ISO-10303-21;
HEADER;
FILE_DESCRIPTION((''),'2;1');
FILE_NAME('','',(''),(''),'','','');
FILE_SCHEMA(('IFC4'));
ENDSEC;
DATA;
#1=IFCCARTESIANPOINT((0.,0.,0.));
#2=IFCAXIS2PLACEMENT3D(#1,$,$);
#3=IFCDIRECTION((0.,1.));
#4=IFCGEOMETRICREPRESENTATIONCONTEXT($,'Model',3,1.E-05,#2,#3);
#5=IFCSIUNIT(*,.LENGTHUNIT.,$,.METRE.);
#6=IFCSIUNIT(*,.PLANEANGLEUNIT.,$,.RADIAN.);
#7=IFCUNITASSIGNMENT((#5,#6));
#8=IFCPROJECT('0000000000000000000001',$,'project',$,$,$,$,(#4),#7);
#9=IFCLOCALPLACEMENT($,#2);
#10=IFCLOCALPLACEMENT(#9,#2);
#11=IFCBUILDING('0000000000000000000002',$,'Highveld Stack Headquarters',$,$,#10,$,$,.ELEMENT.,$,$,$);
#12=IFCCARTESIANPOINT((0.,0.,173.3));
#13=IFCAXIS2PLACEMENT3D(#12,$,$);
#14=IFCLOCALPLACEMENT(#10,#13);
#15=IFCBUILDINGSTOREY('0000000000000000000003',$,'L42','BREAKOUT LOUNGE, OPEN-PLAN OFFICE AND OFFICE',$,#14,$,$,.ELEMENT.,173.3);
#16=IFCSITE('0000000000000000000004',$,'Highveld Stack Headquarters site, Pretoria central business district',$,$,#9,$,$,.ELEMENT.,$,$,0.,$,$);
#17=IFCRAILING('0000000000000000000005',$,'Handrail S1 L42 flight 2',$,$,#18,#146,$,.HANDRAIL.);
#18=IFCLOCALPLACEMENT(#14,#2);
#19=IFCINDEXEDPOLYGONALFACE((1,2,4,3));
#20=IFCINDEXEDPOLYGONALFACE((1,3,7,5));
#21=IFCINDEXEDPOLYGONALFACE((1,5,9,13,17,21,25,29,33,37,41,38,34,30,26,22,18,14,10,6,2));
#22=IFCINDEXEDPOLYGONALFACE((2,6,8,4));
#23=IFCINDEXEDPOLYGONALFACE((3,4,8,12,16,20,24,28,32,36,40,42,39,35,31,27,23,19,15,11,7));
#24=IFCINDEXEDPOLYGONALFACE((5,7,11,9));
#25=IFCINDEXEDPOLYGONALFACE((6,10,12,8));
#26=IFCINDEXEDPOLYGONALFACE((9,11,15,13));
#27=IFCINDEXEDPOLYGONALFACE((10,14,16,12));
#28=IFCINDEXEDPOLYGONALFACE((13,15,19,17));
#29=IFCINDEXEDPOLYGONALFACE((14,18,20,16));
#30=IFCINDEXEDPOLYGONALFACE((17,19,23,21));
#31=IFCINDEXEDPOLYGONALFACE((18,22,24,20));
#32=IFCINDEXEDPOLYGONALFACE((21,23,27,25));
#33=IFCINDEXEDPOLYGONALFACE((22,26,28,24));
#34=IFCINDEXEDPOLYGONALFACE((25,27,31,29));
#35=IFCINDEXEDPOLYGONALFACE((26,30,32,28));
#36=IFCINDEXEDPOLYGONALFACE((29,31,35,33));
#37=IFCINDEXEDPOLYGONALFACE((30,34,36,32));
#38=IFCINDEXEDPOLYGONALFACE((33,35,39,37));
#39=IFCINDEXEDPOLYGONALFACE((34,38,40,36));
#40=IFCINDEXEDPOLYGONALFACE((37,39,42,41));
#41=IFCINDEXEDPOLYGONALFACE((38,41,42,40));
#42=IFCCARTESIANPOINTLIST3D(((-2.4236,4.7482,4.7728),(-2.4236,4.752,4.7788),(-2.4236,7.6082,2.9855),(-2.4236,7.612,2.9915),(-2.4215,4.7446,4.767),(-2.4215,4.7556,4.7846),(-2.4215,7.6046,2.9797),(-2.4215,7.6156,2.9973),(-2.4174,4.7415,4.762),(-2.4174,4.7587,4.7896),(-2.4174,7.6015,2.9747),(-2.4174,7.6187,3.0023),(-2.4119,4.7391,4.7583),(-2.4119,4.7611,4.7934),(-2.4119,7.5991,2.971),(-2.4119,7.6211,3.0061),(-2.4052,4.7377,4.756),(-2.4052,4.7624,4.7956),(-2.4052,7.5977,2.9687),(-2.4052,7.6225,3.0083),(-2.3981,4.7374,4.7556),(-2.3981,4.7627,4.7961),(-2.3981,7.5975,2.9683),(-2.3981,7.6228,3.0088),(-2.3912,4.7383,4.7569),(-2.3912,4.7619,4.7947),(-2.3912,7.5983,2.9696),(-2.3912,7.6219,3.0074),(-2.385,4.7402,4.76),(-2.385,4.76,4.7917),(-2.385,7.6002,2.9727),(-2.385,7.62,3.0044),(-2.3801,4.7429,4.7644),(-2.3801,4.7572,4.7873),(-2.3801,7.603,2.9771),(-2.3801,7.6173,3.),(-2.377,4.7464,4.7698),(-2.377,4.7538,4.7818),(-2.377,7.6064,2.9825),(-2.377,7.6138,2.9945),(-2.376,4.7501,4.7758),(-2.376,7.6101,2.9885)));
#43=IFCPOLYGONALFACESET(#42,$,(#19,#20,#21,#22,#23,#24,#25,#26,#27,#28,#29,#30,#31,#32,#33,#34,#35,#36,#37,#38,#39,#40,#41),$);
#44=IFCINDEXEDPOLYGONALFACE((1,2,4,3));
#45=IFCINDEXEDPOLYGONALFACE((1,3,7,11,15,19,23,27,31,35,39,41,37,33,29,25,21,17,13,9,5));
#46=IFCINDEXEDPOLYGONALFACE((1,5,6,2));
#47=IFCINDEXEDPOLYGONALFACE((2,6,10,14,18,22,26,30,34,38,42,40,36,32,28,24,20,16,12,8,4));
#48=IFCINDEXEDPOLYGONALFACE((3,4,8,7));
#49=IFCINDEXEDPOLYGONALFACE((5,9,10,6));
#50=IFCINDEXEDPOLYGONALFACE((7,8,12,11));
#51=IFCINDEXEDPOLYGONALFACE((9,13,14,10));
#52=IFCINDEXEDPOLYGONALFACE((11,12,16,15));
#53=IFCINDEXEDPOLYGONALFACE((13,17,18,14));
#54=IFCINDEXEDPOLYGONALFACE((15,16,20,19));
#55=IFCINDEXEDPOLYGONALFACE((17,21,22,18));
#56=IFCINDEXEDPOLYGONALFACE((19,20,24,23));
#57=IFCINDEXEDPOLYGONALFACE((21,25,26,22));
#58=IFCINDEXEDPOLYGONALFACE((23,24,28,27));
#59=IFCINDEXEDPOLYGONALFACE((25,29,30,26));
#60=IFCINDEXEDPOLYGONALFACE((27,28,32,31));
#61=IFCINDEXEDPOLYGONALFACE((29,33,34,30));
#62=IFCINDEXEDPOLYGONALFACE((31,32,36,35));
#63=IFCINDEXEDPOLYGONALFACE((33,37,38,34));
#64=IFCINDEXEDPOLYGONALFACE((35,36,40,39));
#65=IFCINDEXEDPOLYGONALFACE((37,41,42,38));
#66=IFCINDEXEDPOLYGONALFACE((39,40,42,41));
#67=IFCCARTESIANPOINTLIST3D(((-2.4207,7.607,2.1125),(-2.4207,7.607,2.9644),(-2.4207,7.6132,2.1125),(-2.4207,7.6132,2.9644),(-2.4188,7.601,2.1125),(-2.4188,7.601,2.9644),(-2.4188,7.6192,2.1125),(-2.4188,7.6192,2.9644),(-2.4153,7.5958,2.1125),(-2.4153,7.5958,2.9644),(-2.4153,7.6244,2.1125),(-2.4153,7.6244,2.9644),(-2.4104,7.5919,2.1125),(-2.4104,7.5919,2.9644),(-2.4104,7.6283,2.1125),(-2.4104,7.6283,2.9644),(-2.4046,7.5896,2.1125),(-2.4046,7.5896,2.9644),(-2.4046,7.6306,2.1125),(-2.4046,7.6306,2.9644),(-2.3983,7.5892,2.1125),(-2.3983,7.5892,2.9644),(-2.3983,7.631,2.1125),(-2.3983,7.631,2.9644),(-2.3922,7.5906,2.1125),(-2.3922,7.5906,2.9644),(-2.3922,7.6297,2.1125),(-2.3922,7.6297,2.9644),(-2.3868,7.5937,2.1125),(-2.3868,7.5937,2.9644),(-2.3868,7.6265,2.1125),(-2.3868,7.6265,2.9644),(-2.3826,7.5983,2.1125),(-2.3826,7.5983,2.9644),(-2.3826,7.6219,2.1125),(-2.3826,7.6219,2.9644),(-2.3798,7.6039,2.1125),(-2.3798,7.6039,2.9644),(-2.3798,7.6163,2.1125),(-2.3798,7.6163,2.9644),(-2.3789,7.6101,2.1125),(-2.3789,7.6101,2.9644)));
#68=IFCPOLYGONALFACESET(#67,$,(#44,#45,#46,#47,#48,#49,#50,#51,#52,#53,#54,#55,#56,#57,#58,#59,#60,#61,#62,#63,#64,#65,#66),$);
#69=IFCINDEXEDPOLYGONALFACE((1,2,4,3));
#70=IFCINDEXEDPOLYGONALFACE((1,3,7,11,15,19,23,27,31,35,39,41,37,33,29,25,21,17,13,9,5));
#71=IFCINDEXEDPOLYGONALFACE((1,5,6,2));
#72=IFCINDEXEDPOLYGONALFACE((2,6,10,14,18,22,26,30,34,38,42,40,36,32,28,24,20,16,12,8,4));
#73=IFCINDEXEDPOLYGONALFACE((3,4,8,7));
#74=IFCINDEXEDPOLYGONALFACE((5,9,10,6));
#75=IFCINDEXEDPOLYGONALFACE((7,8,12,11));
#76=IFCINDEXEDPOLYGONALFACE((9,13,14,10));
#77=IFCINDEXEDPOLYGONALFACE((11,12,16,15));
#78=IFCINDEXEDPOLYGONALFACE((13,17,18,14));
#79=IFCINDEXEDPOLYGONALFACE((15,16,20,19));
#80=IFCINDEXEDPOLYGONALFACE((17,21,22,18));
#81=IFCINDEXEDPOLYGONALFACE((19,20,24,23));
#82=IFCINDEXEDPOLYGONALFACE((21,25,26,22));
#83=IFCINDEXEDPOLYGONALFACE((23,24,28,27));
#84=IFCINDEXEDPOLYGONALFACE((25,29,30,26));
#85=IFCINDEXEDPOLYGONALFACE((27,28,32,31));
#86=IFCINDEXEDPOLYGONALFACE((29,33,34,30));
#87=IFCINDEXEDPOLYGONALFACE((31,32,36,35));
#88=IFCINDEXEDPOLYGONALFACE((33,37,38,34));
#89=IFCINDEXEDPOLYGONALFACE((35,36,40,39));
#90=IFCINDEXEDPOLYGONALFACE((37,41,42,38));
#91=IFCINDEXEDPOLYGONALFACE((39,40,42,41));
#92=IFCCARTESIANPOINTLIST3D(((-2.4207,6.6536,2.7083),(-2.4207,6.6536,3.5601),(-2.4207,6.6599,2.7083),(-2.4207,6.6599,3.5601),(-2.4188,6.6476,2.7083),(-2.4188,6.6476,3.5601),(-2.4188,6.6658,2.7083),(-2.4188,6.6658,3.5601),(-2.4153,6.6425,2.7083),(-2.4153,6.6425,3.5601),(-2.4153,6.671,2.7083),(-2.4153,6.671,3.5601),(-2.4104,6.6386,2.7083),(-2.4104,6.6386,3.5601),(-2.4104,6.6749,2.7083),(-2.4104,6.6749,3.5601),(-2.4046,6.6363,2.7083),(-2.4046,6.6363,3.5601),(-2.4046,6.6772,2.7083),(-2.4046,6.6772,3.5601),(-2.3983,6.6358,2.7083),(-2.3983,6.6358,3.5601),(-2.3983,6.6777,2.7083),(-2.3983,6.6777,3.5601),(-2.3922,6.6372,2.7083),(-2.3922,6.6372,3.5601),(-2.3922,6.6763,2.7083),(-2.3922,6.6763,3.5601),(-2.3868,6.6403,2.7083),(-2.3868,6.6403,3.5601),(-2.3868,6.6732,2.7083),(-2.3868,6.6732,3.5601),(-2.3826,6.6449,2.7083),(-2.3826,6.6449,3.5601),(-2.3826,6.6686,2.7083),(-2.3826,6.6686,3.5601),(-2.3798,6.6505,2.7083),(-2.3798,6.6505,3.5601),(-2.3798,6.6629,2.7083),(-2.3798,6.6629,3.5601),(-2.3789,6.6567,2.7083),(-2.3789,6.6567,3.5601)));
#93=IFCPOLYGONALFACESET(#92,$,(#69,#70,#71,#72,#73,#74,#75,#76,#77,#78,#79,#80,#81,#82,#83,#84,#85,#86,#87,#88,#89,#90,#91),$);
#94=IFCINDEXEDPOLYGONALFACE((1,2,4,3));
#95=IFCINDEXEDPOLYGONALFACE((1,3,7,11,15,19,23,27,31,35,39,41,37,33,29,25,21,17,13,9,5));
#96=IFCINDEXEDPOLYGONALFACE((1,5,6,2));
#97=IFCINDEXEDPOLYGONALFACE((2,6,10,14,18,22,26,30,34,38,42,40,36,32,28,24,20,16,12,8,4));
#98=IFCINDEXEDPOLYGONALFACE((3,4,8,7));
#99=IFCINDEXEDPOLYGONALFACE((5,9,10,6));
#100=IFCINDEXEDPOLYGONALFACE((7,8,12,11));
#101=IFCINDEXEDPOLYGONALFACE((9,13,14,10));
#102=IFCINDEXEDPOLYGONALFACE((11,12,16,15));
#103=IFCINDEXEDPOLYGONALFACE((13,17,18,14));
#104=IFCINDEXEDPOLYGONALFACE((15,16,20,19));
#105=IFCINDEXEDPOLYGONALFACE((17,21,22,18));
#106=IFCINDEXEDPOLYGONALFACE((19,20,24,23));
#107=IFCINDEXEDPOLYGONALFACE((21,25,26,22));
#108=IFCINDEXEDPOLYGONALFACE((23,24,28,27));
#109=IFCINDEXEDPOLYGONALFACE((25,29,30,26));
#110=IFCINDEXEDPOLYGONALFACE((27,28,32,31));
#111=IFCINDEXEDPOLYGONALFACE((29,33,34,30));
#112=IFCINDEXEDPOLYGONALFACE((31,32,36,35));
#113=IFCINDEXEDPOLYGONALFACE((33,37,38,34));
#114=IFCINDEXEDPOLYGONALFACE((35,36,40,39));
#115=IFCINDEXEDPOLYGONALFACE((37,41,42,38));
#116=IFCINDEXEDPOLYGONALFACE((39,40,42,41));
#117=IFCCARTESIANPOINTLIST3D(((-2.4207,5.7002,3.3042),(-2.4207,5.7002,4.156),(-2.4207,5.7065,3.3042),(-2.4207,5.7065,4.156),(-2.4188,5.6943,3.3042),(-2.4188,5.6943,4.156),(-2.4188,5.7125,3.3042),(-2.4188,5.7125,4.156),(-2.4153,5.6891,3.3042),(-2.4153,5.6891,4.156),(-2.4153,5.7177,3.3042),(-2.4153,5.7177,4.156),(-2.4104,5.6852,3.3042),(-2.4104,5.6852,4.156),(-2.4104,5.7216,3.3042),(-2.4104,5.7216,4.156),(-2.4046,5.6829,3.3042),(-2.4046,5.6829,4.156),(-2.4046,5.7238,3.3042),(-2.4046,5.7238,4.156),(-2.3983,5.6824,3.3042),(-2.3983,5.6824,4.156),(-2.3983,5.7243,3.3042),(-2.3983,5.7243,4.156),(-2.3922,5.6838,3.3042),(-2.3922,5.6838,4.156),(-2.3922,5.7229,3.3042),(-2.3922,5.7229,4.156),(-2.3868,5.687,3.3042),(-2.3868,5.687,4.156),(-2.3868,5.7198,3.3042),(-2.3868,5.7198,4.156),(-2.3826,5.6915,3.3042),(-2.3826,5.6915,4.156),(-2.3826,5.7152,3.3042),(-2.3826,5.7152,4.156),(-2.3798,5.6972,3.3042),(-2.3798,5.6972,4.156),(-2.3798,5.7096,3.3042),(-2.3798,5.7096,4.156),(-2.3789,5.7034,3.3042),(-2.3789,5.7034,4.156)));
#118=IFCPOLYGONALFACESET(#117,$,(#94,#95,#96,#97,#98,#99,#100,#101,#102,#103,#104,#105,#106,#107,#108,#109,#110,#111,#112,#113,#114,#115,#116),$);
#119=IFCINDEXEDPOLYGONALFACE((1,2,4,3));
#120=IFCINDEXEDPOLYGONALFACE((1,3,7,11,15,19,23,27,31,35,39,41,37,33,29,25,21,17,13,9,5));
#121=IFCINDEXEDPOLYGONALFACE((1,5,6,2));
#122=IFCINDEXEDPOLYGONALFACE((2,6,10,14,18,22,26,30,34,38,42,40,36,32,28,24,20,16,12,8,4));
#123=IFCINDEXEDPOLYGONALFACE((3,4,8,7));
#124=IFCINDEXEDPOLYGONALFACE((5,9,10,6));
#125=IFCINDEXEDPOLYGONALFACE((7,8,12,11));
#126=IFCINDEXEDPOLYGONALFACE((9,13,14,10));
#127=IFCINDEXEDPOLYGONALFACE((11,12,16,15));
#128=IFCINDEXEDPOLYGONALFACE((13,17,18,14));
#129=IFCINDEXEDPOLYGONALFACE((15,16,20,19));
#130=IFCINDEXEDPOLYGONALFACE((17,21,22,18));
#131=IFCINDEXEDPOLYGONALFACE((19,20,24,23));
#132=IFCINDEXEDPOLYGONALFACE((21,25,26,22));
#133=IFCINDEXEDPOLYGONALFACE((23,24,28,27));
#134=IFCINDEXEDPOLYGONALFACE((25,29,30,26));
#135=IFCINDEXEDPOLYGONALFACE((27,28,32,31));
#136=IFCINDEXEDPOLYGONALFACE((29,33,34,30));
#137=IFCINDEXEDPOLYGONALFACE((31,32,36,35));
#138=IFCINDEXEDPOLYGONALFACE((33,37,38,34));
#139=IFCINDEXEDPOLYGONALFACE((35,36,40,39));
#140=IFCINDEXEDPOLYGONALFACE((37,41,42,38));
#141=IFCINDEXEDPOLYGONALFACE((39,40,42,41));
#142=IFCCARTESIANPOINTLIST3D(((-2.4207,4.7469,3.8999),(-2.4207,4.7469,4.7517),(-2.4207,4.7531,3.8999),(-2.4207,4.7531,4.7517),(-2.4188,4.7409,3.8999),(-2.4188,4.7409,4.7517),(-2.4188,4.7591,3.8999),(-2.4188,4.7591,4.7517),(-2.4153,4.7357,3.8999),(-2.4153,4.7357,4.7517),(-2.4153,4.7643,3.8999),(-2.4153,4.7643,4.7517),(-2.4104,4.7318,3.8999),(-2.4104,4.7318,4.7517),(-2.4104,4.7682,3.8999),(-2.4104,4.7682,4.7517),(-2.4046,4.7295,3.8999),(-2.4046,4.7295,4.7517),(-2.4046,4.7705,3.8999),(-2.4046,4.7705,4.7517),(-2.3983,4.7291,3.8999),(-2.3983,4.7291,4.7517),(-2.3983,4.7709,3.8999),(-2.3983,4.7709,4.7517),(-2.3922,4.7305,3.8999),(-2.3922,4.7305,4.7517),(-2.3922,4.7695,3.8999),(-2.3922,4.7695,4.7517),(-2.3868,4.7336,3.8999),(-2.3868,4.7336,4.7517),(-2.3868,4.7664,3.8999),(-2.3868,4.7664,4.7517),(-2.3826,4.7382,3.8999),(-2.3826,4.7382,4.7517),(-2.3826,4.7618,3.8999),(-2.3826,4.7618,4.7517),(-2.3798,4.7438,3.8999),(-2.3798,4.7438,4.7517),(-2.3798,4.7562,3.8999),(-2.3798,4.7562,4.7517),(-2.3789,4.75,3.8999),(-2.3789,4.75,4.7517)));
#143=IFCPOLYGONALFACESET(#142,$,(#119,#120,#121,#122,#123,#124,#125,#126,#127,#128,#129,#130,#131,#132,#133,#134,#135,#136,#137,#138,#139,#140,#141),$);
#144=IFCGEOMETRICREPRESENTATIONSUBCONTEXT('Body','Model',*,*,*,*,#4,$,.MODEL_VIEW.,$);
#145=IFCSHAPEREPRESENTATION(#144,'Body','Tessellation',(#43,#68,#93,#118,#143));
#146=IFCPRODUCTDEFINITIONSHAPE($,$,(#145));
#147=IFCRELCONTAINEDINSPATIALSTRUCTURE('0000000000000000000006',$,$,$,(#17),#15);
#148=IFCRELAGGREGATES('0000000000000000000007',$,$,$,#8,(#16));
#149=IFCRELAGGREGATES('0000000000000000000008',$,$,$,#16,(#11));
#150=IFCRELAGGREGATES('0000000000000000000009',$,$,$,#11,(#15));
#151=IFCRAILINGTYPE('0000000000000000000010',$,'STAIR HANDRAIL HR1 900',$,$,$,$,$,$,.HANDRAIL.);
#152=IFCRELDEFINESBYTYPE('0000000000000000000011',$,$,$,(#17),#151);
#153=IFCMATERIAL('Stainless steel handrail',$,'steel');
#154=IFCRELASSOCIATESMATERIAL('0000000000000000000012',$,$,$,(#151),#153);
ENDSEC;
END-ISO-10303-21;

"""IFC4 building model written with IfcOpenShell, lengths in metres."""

from ifc_helpers import new_model, si_unit, direction, frame, origin, origin_2d, place, context, subcontext, project, spatial, circle, extrude, material, type_object, element, save


model = new_model("IFC4")

# Units and contexts
model_context = context("Model", 3, precision=1e-05, world=origin(), true_north=direction((0.0, 1.0)))
body_context = subcontext(model_context, "Body", "Model", "MODEL_VIEW")
ifc_project = project(units=[si_unit("LENGTHUNIT", "METRE"), si_unit("PLANEANGLEUNIT", "RADIAN")], contexts=[model_context])

# Site, building, storey
site_placement = place(None, origin())
site = spatial("IfcSite", under=ifc_project, at=site_placement, Name="Highveld Stack Headquarters site, Pretoria central business district", CompositionType="ELEMENT", RefElevation=0.0)
building_placement = place(site_placement, origin())
building = spatial("IfcBuilding", under=site, at=building_placement, Name="Highveld Stack Headquarters", CompositionType="ELEMENT")
storey_placement = place(building_placement, frame((0.0, 0.0, 173.3)))
storey = spatial("IfcBuildingStorey", under=building, at=storey_placement, Name="L42", Description="BREAKOUT LOUNGE, OPEN-PLAN OFFICE AND OFFICE", CompositionType="ELEMENT", Elevation=173.3)

# Railing
ifc_material_1 = material(Name="Stainless steel handrail", Category="steel")
railing_type = type_object("IfcRailingType", Name="STAIR HANDRAIL HR1 900", PredefinedType="HANDRAIL", material=ifc_material_1)
for number, where, name in (
    (1, (-2.3999, 7.6101, 2.1125), "Handrail S1 L42 flight 2"),
):
    element("IfcRailing", number, at=place(storey_placement, frame(where)), inside=storey, type_object=railing_type, Name=name, PredefinedType="HANDRAIL", context=body_context, shape_type="SweptSolid", body=[
        extrude(circle(Radius=0.0239, at=origin_2d()), frame((0.0, 0.0, 0.876), z_axis=(0.0, -0.848027, 0.529953), x_axis=(1.0, 0.0, 0.0)), (0.0, 0.0, 1.0), 3.3726),
        extrude(circle(Radius=0.021, at=origin_2d()), origin(), (0.0, 0.0, 1.0), 0.8518),
        extrude(circle(Radius=0.021, at=origin_2d()), frame((0.0, -0.9534, 0.5957)), (0.0, 0.0, 1.0), 0.8518),
        extrude(circle(Radius=0.021, at=origin_2d()), frame((0.0, -1.9067, 1.1917)), (0.0, 0.0, 1.0), 0.8518),
        extrude(circle(Radius=0.021, at=origin_2d()), frame((0.0, -2.8601, 1.7874)), (0.0, 0.0, 1.0), 0.8518),
    ])

save(model, "model.ifc")
